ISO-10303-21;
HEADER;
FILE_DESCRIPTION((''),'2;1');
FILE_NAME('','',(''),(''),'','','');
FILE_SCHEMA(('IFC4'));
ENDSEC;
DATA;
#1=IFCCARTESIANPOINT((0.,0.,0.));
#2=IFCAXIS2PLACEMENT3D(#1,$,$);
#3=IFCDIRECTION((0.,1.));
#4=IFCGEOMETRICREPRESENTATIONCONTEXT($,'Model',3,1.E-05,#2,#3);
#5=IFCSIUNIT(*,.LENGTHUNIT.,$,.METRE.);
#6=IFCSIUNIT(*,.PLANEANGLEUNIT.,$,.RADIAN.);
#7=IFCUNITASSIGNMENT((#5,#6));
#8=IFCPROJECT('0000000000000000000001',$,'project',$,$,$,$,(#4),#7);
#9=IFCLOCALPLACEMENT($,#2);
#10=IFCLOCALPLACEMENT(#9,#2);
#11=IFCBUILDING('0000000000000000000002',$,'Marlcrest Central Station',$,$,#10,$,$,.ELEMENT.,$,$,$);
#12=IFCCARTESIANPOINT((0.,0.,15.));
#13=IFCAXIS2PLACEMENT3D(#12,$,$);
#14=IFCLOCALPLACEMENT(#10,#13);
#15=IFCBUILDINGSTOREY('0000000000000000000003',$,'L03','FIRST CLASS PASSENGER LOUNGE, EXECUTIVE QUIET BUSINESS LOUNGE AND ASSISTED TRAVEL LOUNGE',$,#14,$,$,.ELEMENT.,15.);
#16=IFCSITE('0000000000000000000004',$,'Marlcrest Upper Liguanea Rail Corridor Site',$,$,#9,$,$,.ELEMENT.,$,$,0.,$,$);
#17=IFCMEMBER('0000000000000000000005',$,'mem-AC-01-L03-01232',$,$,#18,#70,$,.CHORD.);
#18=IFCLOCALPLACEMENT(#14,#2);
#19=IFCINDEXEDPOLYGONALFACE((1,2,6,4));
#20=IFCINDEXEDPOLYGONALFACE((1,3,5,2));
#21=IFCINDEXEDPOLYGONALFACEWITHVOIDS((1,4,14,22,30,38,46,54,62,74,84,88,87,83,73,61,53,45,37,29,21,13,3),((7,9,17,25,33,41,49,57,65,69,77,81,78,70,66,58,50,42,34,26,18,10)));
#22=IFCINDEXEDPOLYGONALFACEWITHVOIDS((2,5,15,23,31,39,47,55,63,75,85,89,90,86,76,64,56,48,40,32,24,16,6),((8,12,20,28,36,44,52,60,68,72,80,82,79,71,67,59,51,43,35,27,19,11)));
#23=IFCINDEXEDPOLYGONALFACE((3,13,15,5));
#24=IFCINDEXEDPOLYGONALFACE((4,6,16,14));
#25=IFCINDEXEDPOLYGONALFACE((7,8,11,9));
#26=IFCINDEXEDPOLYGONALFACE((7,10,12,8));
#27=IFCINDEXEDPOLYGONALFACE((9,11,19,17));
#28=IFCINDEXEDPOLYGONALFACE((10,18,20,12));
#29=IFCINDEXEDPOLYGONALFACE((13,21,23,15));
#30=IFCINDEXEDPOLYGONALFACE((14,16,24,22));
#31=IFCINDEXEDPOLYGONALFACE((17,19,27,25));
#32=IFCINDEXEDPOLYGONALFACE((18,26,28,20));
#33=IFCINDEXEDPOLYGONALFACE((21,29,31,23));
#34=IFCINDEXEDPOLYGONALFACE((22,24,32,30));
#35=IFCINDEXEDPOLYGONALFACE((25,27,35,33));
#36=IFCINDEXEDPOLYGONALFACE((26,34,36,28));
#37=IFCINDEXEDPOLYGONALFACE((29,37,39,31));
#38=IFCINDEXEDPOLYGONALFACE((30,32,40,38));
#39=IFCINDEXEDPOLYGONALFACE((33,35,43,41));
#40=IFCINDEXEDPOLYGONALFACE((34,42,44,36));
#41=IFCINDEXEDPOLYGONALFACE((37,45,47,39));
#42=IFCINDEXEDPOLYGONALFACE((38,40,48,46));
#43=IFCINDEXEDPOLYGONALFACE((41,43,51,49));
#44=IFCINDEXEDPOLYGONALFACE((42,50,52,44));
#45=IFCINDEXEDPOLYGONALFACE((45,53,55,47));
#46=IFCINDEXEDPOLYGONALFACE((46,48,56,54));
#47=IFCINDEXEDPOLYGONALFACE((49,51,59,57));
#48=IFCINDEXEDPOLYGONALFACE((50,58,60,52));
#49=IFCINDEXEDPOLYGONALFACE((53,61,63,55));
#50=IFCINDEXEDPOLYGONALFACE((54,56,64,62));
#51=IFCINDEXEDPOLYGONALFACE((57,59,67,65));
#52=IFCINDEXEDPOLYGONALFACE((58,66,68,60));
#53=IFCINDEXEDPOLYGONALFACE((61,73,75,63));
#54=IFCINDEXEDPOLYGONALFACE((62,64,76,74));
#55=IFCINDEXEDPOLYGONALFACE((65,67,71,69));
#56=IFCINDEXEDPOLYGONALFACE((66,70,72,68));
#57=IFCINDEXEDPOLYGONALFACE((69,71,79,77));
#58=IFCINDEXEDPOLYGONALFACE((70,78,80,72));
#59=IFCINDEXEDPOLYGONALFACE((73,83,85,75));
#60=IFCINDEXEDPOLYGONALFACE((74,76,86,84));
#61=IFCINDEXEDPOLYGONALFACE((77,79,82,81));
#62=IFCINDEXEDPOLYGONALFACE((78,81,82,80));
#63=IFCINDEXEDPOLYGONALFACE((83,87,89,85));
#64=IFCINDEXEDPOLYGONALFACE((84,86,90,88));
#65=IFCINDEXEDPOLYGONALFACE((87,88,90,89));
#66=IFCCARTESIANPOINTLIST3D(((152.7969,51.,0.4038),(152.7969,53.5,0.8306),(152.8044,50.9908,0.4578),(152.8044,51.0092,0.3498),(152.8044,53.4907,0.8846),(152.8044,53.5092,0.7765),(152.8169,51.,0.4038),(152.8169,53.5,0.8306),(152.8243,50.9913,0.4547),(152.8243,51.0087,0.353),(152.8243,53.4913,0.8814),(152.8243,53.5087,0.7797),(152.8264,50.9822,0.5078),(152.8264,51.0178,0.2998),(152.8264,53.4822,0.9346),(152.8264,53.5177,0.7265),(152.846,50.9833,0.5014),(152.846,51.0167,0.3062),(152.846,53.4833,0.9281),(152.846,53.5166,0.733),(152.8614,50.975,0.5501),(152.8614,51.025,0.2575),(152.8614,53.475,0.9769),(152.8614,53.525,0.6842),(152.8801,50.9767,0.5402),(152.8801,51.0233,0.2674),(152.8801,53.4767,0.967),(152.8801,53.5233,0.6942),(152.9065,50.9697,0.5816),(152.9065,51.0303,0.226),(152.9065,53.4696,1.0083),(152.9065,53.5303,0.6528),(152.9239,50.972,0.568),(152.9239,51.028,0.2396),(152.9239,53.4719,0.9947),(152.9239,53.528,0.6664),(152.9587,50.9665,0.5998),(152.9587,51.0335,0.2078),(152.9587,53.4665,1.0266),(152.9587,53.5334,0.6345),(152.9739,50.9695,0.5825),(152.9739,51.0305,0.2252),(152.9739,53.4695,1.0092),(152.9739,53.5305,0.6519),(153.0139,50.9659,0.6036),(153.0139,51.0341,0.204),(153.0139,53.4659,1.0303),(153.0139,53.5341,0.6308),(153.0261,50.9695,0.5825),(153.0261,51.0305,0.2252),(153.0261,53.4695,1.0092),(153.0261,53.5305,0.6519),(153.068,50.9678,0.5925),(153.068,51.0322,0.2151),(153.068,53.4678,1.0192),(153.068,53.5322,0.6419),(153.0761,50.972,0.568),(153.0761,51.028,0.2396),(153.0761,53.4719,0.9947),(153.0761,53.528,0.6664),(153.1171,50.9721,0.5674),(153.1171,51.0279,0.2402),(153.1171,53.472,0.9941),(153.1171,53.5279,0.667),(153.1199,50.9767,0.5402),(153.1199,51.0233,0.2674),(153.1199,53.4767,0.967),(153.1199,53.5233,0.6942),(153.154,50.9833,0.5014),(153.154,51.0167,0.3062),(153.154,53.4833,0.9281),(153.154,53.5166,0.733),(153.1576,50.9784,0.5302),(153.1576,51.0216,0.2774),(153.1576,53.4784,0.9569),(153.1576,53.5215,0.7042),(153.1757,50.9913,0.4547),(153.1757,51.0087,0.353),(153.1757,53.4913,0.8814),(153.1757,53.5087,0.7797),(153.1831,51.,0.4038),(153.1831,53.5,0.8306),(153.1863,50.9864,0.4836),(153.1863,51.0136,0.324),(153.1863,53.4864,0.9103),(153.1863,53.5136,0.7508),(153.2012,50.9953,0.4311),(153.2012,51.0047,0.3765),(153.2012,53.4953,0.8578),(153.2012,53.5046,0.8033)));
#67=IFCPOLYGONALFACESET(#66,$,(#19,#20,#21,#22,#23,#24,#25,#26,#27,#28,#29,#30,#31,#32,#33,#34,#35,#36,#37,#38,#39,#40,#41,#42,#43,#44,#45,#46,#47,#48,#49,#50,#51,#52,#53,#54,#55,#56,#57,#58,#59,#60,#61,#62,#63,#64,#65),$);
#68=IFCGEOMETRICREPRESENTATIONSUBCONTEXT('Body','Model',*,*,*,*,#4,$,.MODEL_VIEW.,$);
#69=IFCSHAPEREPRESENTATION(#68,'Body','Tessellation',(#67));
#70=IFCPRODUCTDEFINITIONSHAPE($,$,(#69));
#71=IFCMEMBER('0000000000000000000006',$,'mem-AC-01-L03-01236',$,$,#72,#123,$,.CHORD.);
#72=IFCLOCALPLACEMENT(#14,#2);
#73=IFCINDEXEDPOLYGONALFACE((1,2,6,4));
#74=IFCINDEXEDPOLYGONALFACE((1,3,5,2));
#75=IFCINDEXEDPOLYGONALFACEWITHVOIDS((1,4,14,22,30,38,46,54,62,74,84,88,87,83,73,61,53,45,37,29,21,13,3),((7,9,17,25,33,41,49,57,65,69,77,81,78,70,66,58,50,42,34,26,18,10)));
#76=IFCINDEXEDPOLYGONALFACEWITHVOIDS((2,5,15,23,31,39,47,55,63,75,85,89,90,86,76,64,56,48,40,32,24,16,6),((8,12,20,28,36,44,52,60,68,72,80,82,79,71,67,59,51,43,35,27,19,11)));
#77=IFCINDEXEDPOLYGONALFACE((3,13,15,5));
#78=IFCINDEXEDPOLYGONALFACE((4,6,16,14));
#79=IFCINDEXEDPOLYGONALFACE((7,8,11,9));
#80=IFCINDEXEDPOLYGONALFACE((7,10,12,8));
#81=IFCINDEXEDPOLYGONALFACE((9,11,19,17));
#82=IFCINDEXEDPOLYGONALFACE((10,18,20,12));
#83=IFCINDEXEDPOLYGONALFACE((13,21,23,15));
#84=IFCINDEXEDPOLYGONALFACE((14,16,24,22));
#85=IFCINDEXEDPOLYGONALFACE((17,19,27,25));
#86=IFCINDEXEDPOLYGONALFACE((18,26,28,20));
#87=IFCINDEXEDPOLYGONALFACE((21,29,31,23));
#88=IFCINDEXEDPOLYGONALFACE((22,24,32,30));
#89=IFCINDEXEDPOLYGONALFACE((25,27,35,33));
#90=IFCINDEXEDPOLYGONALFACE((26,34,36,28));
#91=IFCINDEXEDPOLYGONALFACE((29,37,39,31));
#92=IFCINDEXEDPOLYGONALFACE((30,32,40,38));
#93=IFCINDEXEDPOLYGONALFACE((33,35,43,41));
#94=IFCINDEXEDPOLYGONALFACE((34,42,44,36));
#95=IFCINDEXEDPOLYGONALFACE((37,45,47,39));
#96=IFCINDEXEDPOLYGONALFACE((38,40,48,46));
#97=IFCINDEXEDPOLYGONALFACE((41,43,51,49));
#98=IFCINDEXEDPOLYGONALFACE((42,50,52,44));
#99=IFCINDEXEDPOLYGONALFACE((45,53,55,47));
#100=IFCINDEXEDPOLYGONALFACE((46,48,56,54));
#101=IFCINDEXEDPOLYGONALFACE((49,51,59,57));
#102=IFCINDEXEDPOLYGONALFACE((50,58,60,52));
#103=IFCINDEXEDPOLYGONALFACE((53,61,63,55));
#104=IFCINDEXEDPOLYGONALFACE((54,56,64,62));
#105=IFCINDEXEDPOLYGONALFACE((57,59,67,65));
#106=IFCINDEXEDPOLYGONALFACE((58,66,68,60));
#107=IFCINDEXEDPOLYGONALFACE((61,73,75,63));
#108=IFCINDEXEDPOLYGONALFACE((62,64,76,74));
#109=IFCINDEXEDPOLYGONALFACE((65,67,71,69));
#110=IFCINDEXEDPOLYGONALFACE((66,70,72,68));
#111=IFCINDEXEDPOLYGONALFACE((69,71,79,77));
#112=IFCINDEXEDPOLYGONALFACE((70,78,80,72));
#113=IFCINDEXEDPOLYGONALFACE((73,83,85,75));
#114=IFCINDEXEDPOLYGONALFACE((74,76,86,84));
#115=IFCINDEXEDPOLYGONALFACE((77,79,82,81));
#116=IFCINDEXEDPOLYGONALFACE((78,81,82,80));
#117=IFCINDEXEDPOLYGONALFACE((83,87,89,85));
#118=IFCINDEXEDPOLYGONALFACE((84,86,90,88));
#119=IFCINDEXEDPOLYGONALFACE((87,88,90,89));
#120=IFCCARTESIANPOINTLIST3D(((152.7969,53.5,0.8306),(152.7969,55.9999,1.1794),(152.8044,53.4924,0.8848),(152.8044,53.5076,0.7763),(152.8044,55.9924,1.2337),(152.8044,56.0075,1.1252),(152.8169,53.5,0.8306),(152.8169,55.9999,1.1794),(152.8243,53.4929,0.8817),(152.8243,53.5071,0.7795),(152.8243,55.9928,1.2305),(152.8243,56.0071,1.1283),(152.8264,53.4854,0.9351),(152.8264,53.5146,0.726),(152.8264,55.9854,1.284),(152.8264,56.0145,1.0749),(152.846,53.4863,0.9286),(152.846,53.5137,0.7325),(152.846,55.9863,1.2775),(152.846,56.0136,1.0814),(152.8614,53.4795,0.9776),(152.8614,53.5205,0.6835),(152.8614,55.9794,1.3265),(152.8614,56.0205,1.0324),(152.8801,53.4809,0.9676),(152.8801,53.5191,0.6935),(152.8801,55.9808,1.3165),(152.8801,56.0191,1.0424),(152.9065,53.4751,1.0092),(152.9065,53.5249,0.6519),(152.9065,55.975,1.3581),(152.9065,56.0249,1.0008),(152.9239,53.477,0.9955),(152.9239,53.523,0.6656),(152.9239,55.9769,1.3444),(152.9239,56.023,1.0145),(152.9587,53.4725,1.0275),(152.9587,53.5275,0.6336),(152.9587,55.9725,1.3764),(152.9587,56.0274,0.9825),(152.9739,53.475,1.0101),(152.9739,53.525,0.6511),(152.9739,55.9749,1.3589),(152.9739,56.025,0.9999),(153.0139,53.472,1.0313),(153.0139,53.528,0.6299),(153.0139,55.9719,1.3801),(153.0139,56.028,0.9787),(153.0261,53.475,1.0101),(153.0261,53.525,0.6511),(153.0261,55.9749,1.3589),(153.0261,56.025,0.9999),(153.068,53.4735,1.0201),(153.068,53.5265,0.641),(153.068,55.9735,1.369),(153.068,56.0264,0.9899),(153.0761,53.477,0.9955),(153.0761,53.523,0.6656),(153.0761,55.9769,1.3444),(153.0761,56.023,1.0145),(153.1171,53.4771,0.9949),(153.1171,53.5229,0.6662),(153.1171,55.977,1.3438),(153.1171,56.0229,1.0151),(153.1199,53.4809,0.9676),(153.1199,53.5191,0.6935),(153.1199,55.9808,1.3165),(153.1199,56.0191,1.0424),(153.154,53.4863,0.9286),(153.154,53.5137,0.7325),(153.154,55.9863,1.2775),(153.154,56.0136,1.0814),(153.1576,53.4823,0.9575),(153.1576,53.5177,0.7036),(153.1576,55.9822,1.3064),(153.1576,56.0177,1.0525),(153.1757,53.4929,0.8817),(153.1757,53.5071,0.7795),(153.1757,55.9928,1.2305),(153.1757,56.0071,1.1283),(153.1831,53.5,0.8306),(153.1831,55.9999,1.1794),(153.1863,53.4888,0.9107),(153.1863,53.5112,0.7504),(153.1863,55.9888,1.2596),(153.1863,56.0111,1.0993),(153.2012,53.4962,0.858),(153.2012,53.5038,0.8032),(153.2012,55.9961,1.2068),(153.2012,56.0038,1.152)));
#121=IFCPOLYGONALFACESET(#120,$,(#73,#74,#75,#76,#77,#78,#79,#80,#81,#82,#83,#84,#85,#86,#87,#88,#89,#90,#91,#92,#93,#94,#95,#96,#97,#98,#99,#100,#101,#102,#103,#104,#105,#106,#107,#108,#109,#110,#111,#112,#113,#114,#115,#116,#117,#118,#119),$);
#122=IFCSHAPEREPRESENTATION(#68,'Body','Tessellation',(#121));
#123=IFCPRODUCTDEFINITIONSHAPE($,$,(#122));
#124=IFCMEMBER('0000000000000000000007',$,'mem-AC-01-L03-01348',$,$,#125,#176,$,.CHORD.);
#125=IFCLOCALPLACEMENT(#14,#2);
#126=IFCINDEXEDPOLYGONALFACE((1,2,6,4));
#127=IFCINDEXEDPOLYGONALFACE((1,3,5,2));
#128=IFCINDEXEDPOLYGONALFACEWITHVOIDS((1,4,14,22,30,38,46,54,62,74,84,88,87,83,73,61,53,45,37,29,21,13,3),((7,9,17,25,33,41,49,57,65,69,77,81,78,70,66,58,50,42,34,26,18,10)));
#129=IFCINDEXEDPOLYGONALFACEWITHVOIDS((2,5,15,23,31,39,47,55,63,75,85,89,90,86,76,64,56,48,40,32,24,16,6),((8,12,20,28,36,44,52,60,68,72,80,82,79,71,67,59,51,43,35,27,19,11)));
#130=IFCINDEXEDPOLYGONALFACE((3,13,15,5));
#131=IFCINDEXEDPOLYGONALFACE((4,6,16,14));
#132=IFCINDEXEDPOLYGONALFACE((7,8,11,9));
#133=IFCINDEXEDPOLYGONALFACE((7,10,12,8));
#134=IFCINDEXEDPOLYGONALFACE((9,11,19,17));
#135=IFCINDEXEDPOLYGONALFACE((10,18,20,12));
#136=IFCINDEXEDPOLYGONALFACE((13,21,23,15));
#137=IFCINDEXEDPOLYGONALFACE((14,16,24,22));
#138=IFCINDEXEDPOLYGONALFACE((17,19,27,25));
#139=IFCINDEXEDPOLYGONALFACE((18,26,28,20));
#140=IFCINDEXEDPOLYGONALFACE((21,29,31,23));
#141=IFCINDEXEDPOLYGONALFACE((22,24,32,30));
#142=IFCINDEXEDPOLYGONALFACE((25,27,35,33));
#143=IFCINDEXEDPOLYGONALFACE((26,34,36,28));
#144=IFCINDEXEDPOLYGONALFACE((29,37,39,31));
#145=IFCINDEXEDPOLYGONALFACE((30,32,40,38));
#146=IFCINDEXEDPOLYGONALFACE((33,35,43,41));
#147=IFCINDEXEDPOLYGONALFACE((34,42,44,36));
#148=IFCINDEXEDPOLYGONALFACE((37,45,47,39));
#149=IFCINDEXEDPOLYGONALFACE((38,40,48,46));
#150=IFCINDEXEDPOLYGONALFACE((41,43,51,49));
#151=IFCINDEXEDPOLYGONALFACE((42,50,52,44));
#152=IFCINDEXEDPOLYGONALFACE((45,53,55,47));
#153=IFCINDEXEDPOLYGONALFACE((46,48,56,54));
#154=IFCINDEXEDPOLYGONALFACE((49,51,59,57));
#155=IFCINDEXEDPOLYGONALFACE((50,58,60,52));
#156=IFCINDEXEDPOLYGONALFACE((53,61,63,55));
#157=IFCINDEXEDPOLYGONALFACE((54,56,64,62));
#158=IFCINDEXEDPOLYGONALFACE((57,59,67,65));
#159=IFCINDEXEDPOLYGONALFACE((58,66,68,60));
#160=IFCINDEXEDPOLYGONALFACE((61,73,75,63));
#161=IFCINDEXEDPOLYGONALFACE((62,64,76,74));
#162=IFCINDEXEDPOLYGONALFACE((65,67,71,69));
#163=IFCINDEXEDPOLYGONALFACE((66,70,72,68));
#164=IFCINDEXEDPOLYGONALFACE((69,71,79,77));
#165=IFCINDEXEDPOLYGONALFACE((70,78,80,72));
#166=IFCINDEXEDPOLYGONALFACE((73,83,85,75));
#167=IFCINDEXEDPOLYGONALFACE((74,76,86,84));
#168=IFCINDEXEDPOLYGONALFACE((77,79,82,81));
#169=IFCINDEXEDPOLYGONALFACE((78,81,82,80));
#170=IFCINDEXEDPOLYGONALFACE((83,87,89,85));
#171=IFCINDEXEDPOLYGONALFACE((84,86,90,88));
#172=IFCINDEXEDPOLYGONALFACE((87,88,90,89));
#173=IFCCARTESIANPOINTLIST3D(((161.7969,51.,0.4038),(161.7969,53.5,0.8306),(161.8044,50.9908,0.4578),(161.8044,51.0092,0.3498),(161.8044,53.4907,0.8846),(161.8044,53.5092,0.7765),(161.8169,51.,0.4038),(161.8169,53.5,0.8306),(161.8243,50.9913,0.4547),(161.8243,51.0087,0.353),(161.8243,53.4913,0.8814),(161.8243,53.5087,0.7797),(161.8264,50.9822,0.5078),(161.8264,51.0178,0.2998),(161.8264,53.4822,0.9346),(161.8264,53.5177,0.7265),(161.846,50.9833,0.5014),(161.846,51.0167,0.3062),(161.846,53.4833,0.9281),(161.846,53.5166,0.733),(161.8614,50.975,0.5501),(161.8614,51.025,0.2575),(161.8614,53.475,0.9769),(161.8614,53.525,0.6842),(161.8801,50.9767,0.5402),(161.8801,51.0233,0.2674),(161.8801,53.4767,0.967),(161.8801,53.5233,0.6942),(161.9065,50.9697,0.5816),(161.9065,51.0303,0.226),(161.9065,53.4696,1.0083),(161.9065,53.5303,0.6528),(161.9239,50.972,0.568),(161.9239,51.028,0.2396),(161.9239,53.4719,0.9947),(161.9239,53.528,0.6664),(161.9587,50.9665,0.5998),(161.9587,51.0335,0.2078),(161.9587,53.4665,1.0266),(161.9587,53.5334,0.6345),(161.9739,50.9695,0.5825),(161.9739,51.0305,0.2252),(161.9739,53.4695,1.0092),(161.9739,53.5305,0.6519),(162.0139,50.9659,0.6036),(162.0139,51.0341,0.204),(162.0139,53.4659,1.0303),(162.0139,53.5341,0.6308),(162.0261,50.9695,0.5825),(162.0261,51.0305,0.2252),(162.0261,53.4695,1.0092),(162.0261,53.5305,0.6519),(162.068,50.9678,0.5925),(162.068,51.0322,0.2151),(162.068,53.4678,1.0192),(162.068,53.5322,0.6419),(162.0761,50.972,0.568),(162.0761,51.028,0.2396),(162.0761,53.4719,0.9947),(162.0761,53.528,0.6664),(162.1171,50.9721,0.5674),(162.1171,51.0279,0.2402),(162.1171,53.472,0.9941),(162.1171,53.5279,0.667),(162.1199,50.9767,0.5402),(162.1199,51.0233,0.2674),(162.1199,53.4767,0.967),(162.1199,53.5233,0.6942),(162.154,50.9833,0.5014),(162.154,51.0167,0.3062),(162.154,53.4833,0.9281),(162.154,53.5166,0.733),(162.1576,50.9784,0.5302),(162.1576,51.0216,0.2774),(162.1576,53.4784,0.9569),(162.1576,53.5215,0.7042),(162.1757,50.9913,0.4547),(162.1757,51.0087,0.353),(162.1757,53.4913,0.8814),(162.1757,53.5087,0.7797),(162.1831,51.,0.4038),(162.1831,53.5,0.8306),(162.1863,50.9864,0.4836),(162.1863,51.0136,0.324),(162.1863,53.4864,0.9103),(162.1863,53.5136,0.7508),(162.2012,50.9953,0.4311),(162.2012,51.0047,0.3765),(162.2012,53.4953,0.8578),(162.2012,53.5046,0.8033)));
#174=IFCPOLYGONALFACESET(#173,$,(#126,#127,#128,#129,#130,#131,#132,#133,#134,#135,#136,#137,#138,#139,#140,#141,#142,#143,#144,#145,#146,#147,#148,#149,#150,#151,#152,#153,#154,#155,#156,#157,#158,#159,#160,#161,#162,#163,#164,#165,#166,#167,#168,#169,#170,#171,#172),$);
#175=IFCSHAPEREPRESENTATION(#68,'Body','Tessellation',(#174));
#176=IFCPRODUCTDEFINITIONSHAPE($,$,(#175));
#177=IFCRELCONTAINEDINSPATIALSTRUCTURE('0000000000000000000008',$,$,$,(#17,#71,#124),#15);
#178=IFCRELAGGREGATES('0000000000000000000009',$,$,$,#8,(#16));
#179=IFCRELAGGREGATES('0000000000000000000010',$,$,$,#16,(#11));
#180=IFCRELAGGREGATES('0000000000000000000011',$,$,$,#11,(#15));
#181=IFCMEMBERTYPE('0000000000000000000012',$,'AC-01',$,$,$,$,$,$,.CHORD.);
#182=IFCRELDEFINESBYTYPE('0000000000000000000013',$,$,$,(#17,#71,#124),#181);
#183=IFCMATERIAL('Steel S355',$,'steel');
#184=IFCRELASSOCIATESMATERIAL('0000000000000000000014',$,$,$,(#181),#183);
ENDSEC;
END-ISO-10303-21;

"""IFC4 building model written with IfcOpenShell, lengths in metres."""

from ifc_helpers import new_model, si_unit, direction, frame, origin, origin_2d, place, context, subcontext, project, spatial, hollow_circle, extrude, material, material_profile, profile_set, type_object, element, save


model = new_model("IFC4")

# Units and contexts
model_context = context("Model", 3, precision=1e-05, world=origin(), true_north=direction((0.0, 1.0)))
body_context = subcontext(model_context, "Body", "Model", "MODEL_VIEW")
ifc_project = project(units=[si_unit("LENGTHUNIT", "METRE"), si_unit("PLANEANGLEUNIT", "RADIAN")], contexts=[model_context])

# Site, building, storey
site_placement = place(None, origin())
site = spatial("IfcSite", under=ifc_project, at=site_placement, Name="Marlcrest Upper Liguanea Rail Corridor Site", CompositionType="ELEMENT", RefElevation=0.0)
building_placement = place(site_placement, origin())
building = spatial("IfcBuilding", under=site, at=building_placement, Name="Marlcrest Central Station", CompositionType="ELEMENT")
storey_placement = place(building_placement, frame((0.0, 0.0, 15.0)))
storey = spatial("IfcBuildingStorey", under=building, at=storey_placement, Name="L03", Description="FIRST CLASS PASSENGER LOUNGE, EXECUTIVE QUIET BUSINESS LOUNGE AND ASSISTED TRAVEL LOUNGE", CompositionType="ELEMENT", Elevation=15.0)

# Shared definitions
ifc_material_1 = material(Name="Steel S355", Category="steel")

# Members
ifc_material_profile_1 = material_profile(ifc_material_1, hollow_circle(Radius=0.2031, WallThickness=0.02, at=origin_2d()), Name="CHS 406.4x20")
ifc_profile_set_1 = profile_set([ifc_material_profile_1], Name="Steel S355")
member_type_1 = type_object("IfcMemberType", Name="AC-01", PredefinedType="CHORD", material=ifc_profile_set_1)
member_1_placement = place(storey_placement, frame((153.0, 51.0, 0.4038), z_axis=(0.0, 0.985741, 0.168269), x_axis=(-1.0, 0.0, 0.0)))
element("IfcMember", 1, at=member_1_placement, inside=storey, type_object=member_type_1, Name="mem-AC-01-L03-01232", PredefinedType="CHORD", context=body_context, shape_type="SweptSolid", body=[
    extrude(hollow_circle(Radius=0.2031, WallThickness=0.02, at=origin_2d()), origin(), (0.0, 0.0, 1.0), 2.5361),
])
member_2_placement = place(storey_placement, frame((153.0, 53.5, 0.8306), z_axis=(0.0, 0.990403, 0.138211), x_axis=(-1.0, 0.0, 0.0)))
element("IfcMember", 2, at=member_2_placement, inside=storey, type_object=member_type_1, Name="mem-AC-01-L03-01236", PredefinedType="CHORD", context=body_context, shape_type="SweptSolid", body=[
    extrude(hollow_circle(Radius=0.2031, WallThickness=0.02, at=origin_2d()), origin(), (0.0, 0.0, 1.0), 2.5242),
])
member_3_placement = place(storey_placement, frame((162.0, 51.0, 0.4038), z_axis=(0.0, 0.985741, 0.168269), x_axis=(-1.0, 0.0, 0.0)))
element("IfcMember", 3, at=member_3_placement, inside=storey, type_object=member_type_1, Name="mem-AC-01-L03-01348", PredefinedType="CHORD", context=body_context, shape_type="SweptSolid", body=[
    extrude(hollow_circle(Radius=0.2031, WallThickness=0.02, at=origin_2d()), origin(), (0.0, 0.0, 1.0), 2.5361),
])

save(model, "model.ifc")
